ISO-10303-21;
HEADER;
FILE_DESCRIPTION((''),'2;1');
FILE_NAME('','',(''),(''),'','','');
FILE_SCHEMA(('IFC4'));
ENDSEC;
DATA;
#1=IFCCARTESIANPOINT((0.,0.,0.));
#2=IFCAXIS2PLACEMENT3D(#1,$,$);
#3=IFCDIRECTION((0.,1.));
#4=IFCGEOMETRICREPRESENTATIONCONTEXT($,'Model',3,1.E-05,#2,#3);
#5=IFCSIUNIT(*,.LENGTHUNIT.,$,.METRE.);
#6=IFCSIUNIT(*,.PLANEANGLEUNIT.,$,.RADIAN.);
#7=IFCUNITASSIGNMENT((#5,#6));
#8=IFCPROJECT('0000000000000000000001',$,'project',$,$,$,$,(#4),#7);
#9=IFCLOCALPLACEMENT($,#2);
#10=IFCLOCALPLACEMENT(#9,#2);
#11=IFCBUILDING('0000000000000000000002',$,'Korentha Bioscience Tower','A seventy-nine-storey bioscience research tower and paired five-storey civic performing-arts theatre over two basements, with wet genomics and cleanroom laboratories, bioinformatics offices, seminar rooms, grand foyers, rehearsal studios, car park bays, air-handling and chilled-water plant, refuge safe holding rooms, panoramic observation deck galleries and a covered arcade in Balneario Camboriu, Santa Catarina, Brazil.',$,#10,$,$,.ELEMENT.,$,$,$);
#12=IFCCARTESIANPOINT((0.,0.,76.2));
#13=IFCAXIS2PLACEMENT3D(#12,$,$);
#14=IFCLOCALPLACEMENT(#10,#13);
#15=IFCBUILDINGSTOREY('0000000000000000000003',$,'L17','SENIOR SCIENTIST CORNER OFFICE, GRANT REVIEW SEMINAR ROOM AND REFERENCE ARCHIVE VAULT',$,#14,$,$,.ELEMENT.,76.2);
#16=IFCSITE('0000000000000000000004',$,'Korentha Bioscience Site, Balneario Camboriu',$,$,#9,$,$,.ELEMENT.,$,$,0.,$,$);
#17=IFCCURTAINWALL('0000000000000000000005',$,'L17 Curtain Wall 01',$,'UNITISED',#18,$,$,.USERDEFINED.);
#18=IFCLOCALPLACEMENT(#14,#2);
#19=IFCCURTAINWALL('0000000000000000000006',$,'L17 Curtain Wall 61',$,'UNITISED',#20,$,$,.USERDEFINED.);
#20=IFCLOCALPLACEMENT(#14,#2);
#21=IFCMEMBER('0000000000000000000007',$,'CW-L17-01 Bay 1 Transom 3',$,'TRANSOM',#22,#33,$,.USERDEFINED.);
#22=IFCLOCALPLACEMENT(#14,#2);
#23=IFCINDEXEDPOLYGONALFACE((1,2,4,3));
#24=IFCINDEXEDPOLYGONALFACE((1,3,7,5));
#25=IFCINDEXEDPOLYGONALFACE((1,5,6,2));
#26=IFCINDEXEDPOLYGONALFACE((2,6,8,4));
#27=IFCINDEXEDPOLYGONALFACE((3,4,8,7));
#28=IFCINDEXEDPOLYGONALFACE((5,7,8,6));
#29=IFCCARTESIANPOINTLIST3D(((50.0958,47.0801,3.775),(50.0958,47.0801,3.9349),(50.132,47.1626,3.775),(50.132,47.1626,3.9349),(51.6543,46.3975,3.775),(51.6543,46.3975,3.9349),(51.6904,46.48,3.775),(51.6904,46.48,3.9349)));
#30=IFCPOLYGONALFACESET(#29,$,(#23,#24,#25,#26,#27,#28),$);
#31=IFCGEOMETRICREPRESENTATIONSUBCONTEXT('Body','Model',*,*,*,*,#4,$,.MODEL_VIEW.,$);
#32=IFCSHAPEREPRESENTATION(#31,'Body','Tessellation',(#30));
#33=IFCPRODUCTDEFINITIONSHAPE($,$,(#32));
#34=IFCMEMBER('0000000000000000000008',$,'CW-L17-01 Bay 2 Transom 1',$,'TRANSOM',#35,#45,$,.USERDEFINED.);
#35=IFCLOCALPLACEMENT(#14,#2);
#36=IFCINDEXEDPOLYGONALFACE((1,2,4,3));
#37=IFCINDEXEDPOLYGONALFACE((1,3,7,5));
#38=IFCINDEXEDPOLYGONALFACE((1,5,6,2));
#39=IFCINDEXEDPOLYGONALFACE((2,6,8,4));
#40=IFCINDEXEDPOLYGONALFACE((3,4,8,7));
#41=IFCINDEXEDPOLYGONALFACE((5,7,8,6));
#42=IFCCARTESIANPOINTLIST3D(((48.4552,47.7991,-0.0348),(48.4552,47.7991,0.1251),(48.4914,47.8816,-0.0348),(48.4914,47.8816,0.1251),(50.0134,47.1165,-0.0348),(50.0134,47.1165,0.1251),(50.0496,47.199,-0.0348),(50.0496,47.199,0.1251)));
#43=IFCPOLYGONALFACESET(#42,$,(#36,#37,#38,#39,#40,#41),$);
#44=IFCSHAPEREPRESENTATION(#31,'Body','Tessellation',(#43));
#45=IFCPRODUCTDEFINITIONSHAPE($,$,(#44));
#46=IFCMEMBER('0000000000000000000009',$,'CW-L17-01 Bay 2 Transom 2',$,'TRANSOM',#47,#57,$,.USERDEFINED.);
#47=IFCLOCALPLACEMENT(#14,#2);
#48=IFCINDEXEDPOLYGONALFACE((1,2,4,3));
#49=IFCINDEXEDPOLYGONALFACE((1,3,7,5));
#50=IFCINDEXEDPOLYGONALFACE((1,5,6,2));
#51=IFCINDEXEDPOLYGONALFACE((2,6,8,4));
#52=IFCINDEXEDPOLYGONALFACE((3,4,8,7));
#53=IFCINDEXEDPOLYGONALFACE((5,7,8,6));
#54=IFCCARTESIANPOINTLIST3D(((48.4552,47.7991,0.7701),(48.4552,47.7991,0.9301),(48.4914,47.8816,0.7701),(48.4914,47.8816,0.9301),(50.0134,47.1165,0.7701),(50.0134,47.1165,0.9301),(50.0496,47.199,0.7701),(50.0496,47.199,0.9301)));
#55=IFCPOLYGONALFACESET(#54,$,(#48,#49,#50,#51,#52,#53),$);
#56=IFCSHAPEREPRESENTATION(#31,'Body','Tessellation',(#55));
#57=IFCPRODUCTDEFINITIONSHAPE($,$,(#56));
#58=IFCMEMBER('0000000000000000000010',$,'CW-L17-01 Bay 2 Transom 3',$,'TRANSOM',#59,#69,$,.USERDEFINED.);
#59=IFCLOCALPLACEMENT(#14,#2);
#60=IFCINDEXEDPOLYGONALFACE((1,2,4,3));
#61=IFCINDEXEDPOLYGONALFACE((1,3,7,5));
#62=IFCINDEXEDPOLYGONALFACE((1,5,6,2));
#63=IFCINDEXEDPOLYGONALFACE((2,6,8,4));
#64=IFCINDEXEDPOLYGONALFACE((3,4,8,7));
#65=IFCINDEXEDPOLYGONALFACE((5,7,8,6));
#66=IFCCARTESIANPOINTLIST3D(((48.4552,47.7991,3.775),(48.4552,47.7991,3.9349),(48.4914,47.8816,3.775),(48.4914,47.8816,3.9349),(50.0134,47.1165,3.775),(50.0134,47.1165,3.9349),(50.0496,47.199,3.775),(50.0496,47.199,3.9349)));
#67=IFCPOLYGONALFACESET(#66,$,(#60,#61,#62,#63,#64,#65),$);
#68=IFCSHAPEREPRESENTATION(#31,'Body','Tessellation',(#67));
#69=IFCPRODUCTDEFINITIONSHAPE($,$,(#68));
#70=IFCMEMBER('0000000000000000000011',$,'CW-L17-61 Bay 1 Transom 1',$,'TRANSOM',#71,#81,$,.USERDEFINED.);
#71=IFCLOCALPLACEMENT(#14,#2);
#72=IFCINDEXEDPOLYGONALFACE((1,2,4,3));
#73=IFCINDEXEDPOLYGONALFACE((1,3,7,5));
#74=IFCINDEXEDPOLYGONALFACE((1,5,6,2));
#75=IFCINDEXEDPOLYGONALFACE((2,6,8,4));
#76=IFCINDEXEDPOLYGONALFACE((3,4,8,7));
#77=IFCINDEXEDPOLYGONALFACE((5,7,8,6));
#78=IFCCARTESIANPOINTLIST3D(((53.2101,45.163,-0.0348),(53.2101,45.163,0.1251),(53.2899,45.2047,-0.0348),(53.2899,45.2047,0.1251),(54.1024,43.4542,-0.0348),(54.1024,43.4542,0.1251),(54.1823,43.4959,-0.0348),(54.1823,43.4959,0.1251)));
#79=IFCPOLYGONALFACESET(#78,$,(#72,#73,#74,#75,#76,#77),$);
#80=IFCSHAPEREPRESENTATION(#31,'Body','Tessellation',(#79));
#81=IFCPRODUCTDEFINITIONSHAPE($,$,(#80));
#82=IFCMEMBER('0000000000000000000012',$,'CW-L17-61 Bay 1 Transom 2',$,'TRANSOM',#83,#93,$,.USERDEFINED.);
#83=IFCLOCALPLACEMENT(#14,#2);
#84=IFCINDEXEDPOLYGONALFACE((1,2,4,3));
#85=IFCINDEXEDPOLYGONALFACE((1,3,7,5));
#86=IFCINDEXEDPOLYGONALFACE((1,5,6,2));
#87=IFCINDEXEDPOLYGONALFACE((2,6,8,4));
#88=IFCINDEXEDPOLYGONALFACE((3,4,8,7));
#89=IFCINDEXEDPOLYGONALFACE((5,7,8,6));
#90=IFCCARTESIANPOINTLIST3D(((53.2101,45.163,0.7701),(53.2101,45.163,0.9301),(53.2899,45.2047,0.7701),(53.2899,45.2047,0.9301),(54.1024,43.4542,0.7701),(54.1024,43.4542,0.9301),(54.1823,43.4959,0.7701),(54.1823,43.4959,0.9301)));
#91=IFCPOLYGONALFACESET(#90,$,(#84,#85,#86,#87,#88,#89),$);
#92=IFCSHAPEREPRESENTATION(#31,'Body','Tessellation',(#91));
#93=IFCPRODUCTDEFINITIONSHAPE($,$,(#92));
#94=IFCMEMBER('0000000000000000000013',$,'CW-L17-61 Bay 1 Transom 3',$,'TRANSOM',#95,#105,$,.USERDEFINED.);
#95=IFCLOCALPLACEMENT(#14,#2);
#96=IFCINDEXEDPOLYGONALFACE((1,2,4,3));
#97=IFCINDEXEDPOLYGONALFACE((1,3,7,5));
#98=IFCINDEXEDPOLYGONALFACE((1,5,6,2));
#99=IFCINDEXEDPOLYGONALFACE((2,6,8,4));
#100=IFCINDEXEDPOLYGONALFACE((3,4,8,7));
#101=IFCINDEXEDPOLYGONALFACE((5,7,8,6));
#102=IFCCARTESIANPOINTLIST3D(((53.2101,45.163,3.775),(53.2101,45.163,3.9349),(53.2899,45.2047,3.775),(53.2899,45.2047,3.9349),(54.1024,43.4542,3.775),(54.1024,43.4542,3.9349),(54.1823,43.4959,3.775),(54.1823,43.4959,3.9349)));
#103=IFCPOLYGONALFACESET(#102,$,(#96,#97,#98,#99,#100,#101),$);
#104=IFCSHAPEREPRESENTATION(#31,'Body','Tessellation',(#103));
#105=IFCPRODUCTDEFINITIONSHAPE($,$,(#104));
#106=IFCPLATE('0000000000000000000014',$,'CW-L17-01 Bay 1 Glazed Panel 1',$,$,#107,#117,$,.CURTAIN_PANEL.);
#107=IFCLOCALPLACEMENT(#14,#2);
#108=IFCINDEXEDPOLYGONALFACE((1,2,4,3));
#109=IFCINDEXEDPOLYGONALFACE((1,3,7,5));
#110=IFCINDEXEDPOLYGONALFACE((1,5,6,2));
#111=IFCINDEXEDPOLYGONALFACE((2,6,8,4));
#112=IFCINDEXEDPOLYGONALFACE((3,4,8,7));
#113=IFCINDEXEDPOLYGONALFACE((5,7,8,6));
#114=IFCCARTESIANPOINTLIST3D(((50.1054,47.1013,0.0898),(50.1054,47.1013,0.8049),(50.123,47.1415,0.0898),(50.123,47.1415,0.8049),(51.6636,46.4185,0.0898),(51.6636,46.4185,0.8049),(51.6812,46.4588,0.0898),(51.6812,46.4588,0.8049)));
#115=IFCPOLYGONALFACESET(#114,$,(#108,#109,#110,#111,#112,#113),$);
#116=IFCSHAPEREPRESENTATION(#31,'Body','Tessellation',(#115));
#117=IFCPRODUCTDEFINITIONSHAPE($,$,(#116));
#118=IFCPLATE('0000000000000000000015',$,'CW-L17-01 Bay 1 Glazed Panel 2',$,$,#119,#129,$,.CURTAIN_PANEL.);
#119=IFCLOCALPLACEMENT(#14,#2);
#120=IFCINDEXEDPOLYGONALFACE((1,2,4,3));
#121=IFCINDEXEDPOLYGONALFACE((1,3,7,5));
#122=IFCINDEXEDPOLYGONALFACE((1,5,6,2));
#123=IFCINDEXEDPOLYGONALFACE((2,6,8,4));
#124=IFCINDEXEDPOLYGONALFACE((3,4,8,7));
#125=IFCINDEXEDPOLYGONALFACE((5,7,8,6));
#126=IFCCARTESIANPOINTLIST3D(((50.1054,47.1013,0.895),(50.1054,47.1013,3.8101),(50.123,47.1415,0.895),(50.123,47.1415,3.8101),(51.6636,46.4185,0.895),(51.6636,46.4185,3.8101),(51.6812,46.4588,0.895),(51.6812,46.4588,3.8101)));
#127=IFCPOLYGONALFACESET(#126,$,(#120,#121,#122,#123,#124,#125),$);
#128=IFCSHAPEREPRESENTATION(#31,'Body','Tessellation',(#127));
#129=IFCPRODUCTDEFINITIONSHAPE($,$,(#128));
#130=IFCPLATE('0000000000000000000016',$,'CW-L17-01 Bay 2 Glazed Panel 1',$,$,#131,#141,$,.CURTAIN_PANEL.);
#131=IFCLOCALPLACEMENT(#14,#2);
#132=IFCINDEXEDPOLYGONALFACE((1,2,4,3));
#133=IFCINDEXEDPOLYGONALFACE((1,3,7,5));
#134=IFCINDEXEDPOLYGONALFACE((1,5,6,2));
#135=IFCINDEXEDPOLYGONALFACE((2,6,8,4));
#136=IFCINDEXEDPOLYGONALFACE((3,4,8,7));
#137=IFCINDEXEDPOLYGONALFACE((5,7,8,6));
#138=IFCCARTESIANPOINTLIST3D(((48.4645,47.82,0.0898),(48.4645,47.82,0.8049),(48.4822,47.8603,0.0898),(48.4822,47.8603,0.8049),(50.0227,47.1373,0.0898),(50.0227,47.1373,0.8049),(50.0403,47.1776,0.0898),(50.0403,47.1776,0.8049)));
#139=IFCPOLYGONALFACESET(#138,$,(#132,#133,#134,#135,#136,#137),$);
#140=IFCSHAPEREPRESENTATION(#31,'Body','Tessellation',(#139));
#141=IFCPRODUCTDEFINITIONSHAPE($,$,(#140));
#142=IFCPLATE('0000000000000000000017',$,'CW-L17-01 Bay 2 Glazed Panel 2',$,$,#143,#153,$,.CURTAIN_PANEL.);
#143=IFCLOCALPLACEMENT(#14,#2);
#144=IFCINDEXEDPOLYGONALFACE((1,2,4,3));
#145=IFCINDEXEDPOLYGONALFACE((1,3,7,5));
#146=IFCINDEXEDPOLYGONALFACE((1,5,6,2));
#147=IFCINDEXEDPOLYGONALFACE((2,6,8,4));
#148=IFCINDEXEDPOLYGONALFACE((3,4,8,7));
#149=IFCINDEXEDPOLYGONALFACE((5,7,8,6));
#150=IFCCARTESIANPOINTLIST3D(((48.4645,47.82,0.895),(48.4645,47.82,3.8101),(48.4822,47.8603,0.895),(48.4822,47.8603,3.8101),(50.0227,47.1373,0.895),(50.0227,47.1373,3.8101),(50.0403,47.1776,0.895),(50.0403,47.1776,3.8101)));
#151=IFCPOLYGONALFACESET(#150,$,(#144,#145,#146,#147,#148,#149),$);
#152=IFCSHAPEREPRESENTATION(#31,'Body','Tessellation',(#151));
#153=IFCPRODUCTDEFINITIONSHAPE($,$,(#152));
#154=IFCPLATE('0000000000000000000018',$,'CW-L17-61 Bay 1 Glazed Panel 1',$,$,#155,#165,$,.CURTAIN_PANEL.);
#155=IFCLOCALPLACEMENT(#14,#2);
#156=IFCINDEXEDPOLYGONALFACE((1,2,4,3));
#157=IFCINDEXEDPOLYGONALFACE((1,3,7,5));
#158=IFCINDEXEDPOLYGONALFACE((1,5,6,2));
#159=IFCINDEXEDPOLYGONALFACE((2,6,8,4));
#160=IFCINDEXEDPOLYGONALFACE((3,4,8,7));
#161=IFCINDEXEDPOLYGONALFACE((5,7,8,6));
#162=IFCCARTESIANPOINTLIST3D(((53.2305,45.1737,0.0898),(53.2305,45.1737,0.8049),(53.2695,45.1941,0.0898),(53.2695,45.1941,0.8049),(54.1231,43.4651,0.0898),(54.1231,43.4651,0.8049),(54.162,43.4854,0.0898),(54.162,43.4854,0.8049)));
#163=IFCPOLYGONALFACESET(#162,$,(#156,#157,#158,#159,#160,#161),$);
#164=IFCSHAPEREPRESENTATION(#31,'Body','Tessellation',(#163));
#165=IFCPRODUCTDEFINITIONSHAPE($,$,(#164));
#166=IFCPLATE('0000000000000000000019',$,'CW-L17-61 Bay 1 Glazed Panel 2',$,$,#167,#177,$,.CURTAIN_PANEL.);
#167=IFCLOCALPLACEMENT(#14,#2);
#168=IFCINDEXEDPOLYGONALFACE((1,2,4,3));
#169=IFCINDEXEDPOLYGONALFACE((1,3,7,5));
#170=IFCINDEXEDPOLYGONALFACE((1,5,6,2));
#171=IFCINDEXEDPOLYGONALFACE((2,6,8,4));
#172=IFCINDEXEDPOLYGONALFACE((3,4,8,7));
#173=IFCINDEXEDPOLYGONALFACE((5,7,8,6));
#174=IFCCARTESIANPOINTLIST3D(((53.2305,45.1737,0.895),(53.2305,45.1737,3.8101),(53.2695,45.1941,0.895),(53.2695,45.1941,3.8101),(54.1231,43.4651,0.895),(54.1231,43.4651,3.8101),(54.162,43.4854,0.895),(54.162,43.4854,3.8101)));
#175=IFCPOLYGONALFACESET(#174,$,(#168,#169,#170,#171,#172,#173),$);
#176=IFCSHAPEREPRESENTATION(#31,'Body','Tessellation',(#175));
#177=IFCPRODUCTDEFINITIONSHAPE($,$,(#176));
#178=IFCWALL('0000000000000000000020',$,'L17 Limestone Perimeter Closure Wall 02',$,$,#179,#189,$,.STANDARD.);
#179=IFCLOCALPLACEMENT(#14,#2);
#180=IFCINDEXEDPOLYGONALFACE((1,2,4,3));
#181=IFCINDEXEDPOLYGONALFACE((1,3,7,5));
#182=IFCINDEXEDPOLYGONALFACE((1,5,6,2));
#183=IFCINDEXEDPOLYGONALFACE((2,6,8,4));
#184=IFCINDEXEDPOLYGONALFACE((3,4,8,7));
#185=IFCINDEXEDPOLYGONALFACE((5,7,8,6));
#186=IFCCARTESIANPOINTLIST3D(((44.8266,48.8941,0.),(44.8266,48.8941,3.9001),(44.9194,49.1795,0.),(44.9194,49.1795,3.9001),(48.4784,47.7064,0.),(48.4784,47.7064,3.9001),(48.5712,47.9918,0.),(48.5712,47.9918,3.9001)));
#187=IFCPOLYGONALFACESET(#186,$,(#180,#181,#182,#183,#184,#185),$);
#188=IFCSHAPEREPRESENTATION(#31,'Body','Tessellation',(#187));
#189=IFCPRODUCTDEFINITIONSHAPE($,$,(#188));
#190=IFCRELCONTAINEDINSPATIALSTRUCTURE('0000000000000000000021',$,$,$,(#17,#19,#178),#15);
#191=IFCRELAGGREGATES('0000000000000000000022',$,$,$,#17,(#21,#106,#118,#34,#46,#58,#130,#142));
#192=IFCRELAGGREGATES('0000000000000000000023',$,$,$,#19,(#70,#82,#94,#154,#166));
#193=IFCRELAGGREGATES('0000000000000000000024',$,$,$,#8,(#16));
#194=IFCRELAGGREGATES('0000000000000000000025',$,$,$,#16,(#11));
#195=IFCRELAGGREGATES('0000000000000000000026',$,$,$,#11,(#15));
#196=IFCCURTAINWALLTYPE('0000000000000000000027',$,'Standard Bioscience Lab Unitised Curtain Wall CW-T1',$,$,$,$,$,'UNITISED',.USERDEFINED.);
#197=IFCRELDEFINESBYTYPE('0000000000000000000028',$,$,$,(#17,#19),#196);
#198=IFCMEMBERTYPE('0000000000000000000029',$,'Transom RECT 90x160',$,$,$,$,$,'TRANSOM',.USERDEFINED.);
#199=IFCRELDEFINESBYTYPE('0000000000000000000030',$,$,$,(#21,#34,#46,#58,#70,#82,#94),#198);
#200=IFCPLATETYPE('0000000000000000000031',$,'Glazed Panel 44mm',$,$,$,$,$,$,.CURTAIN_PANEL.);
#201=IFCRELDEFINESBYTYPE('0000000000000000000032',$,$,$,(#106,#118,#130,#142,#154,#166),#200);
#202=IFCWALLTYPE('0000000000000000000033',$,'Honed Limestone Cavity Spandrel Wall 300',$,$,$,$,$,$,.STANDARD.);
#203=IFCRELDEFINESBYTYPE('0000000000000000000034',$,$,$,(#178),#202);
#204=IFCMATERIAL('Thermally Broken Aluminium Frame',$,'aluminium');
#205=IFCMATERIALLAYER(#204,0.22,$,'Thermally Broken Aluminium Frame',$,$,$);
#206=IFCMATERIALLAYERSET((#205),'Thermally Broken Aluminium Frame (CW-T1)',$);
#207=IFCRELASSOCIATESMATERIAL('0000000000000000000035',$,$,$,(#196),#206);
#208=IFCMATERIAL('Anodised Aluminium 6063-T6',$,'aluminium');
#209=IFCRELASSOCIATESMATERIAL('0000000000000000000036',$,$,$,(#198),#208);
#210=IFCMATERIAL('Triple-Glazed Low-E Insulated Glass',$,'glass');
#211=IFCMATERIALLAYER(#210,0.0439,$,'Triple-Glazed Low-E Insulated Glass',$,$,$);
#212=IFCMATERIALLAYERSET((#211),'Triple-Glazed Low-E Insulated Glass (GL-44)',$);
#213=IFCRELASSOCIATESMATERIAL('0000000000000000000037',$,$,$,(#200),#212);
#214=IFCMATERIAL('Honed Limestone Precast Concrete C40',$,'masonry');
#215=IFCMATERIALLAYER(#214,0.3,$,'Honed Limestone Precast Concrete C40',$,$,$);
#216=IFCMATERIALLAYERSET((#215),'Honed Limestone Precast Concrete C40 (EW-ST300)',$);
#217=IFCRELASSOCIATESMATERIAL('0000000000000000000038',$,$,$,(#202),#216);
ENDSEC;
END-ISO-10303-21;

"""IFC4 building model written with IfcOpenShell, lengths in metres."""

from ifc_helpers import new_model, si_unit, direction, frame, frame_2d, origin, origin_2d, place, context, subcontext, project, spatial, rectangle, extrude, material, layer, layer_set, material_profile, profile_set, type_object, element, aggregate, save


model = new_model("IFC4")

# Units and contexts
model_context = context("Model", 3, precision=1e-05, world=origin(), true_north=direction((0.0, 1.0)))
body_context = subcontext(model_context, "Body", "Model", "MODEL_VIEW")
ifc_project = project(units=[si_unit("LENGTHUNIT", "METRE"), si_unit("PLANEANGLEUNIT", "RADIAN")], contexts=[model_context])

# Site, building, storey
site_placement = place(None, origin())
site = spatial("IfcSite", under=ifc_project, at=site_placement, Name="Korentha Bioscience Site, Balneario Camboriu", CompositionType="ELEMENT", RefElevation=0.0)
building_placement = place(site_placement, origin())
building = spatial("IfcBuilding", under=site, at=building_placement, Name="Korentha Bioscience Tower", Description="A seventy-nine-storey bioscience research tower and paired five-storey civic performing-arts theatre over two basements, with wet genomics and cleanroom laboratories, bioinformatics offices, seminar rooms, grand foyers, rehearsal studios, car park bays, air-handling and chilled-water plant, refuge safe holding rooms, panoramic observation deck galleries and a covered arcade in Balneario Camboriu, Santa Catarina, Brazil.", CompositionType="ELEMENT")
storey_placement = place(building_placement, frame((0.0, 0.0, 76.2)))
storey = spatial("IfcBuildingStorey", under=building, at=storey_placement, Name="L17", Description="SENIOR SCIENTIST CORNER OFFICE, GRANT REVIEW SEMINAR ROOM AND REFERENCE ARCHIVE VAULT", CompositionType="ELEMENT", Elevation=76.2)

# Curtain walls
ifc_material_1 = material(Name="Thermally Broken Aluminium Frame", Category="aluminium")
ifc_layer_1 = layer(ifc_material_1, 0.22, Name="Thermally Broken Aluminium Frame")
ifc_layer_set_1 = layer_set([ifc_layer_1], Name="Thermally Broken Aluminium Frame (CW-T1)")
curtain_wall_type = type_object("IfcCurtainWallType", Name="Standard Bioscience Lab Unitised Curtain Wall CW-T1", ElementType="UNITISED", PredefinedType="USERDEFINED", material=ifc_layer_set_1)
curtain_wall_1_placement = place(storey_placement, origin())
curtain_wall_1 = element("IfcCurtainWall", 1, at=curtain_wall_1_placement, inside=storey, type_object=curtain_wall_type, Name="L17 Curtain Wall 01", ObjectType="UNITISED", PredefinedType="USERDEFINED")
ifc_material_2 = material(Name="Anodised Aluminium 6063-T6", Category="aluminium")
curtain_wall_2_placement = place(storey_placement, origin())
curtain_wall_2 = element("IfcCurtainWall", 2, at=curtain_wall_2_placement, inside=storey, type_object=curtain_wall_type, Name="L17 Curtain Wall 61", ObjectType="UNITISED", PredefinedType="USERDEFINED")

# Members
ifc_material_profile_1 = material_profile(ifc_material_2, rectangle(XDim=0.0901, YDim=0.1599, at=origin_2d()), Name="Anodised Aluminium 6063-T6")
ifc_profile_set_1 = profile_set([ifc_material_profile_1], Name="Anodised Aluminium 6063-T6 (CW-TRN)")
member_type_1 = type_object("IfcMemberType", Name="Transom RECT 90x160", ElementType="TRANSOM", PredefinedType="USERDEFINED", material=ifc_profile_set_1)
member_1_placement = place(storey_placement, frame((51.6724, 46.4387, 3.855), z_axis=(-0.915976, 0.401233, 0.0), x_axis=(-0.401233, -0.915976, 0.0)))
member_1 = element("IfcMember", 3, at=member_1_placement, type_object=member_type_1, Name="CW-L17-01 Bay 1 Transom 3", ObjectType="TRANSOM", PredefinedType="USERDEFINED", context=body_context, shape_type="SweptSolid", body=[
    extrude(rectangle(XDim=0.0901, YDim=0.1599, at=origin_2d()), origin(), (0.0, 0.0, 1.0), 1.7014),
])
member_2_placement = place(storey_placement, frame((50.0315, 47.1577, 0.0452), z_axis=(-0.915953, 0.401286, 0.0), x_axis=(-0.401286, -0.915953, 0.0)))
member_2 = element("IfcMember", 4, at=member_2_placement, type_object=member_type_1, Name="CW-L17-01 Bay 2 Transom 1", ObjectType="TRANSOM", PredefinedType="USERDEFINED", context=body_context, shape_type="SweptSolid", body=[
    extrude(rectangle(XDim=0.0901, YDim=0.1599, at=origin_2d()), origin(), (0.0, 0.0, 1.0), 1.7012),
])
member_3_placement = place(storey_placement, frame((50.0315, 47.1577, 0.8501), z_axis=(-0.915953, 0.401286, 0.0), x_axis=(-0.401286, -0.915953, 0.0)))
member_3 = element("IfcMember", 5, at=member_3_placement, type_object=member_type_1, Name="CW-L17-01 Bay 2 Transom 2", ObjectType="TRANSOM", PredefinedType="USERDEFINED", context=body_context, shape_type="SweptSolid", body=[
    extrude(rectangle(XDim=0.0901, YDim=0.1599, at=origin_2d()), origin(), (0.0, 0.0, 1.0), 1.7012),
])
member_4_placement = place(storey_placement, frame((50.0315, 47.1577, 3.855), z_axis=(-0.915953, 0.401286, 0.0), x_axis=(-0.401286, -0.915953, 0.0)))
member_4 = element("IfcMember", 6, at=member_4_placement, type_object=member_type_1, Name="CW-L17-01 Bay 2 Transom 3", ObjectType="TRANSOM", PredefinedType="USERDEFINED", context=body_context, shape_type="SweptSolid", body=[
    extrude(rectangle(XDim=0.0901, YDim=0.1599, at=origin_2d()), origin(), (0.0, 0.0, 1.0), 1.7012),
])
member_5_placement = place(storey_placement, frame((54.1423, 43.4751, 0.0452), z_axis=(-0.462899, 0.886411, 0.0), x_axis=(-0.886411, -0.462899, 0.0)))
member_5 = element("IfcMember", 7, at=member_5_placement, type_object=member_type_1, Name="CW-L17-61 Bay 1 Transom 1", ObjectType="TRANSOM", PredefinedType="USERDEFINED", context=body_context, shape_type="SweptSolid", body=[
    extrude(rectangle(XDim=0.0901, YDim=0.1599, at=origin_2d()), origin(), (0.0, 0.0, 1.0), 1.9277),
])
member_6_placement = place(storey_placement, frame((54.1423, 43.4751, 0.8501), z_axis=(-0.462899, 0.886411, 0.0), x_axis=(-0.886411, -0.462899, 0.0)))
member_6 = element("IfcMember", 8, at=member_6_placement, type_object=member_type_1, Name="CW-L17-61 Bay 1 Transom 2", ObjectType="TRANSOM", PredefinedType="USERDEFINED", context=body_context, shape_type="SweptSolid", body=[
    extrude(rectangle(XDim=0.0901, YDim=0.1599, at=origin_2d()), origin(), (0.0, 0.0, 1.0), 1.9277),
])
member_7_placement = place(storey_placement, frame((54.1423, 43.4751, 3.855), z_axis=(-0.462899, 0.886411, 0.0), x_axis=(-0.886411, -0.462899, 0.0)))
member_7 = element("IfcMember", 9, at=member_7_placement, type_object=member_type_1, Name="CW-L17-61 Bay 1 Transom 3", ObjectType="TRANSOM", PredefinedType="USERDEFINED", context=body_context, shape_type="SweptSolid", body=[
    extrude(rectangle(XDim=0.0901, YDim=0.1599, at=origin_2d()), origin(), (0.0, 0.0, 1.0), 1.9277),
])

# Plates
ifc_material_3 = material(Name="Triple-Glazed Low-E Insulated Glass", Category="glass")
ifc_layer_2 = layer(ifc_material_3, 0.0439, Name="Triple-Glazed Low-E Insulated Glass")
ifc_layer_set_2 = layer_set([ifc_layer_2], Name="Triple-Glazed Low-E Insulated Glass (GL-44)")
plate_type = type_object("IfcPlateType", Name="Glazed Panel 44mm", PredefinedType="CURTAIN_PANEL", material=ifc_layer_set_2)
plate_1_placement = place(storey_placement, frame((50.8933, 46.78, 0.0898), z_axis=(0.0, 0.0, 1.0), x_axis=(-0.915939, 0.401317, 0.0)))
plate_1 = element("IfcPlate", 10, at=plate_1_placement, type_object=plate_type, Name="CW-L17-01 Bay 1 Glazed Panel 1", PredefinedType="CURTAIN_PANEL", context=body_context, shape_type="SweptSolid", body=[
    extrude(rectangle(XDim=1.7012, YDim=0.0439, at=origin_2d()), origin(), (0.0, 0.0, 1.0), 0.7151),
])
plate_2_placement = place(storey_placement, frame((50.8933, 46.78, 0.895), z_axis=(0.0, 0.0, 1.0), x_axis=(-0.915939, 0.401317, 0.0)))
plate_2 = element("IfcPlate", 11, at=plate_2_placement, type_object=plate_type, Name="CW-L17-01 Bay 1 Glazed Panel 2", PredefinedType="CURTAIN_PANEL", context=body_context, shape_type="SweptSolid", body=[
    extrude(rectangle(XDim=1.7012, YDim=0.0439, at=origin_2d()), origin(), (0.0, 0.0, 1.0), 2.915),
])
plate_3_placement = place(storey_placement, frame((49.2524, 47.4988, 0.0898), z_axis=(0.0, 0.0, 1.0), x_axis=(-0.915939, 0.401317, 0.0)))
plate_3 = element("IfcPlate", 12, at=plate_3_placement, type_object=plate_type, Name="CW-L17-01 Bay 2 Glazed Panel 1", PredefinedType="CURTAIN_PANEL", context=body_context, shape_type="SweptSolid", body=[
    extrude(rectangle(XDim=1.7012, YDim=0.0439, at=origin_2d()), origin(), (0.0, 0.0, 1.0), 0.7151),
])
plate_4_placement = place(storey_placement, frame((49.2524, 47.4988, 0.895), z_axis=(0.0, 0.0, 1.0), x_axis=(-0.915939, 0.401317, 0.0)))
plate_4 = element("IfcPlate", 13, at=plate_4_placement, type_object=plate_type, Name="CW-L17-01 Bay 2 Glazed Panel 2", PredefinedType="CURTAIN_PANEL", context=body_context, shape_type="SweptSolid", body=[
    extrude(rectangle(XDim=1.7012, YDim=0.0439, at=origin_2d()), origin(), (0.0, 0.0, 1.0), 2.915),
])
aggregate(curtain_wall_1, [member_1, plate_1, plate_2, member_2, member_3, member_4, plate_3, plate_4])
plate_5_placement = place(storey_placement, frame((53.6963, 44.3296, 0.0898), z_axis=(0.0, 0.0, 1.0), x_axis=(-0.463009, 0.886354, 0.0)))
plate_5 = element("IfcPlate", 14, at=plate_5_placement, type_object=plate_type, Name="CW-L17-61 Bay 1 Glazed Panel 1", PredefinedType="CURTAIN_PANEL", context=body_context, shape_type="SweptSolid", body=[
    extrude(rectangle(XDim=1.9277, YDim=0.0439, at=origin_2d()), origin(), (0.0, 0.0, 1.0), 0.7151),
])
plate_6_placement = place(storey_placement, frame((53.6963, 44.3296, 0.895), z_axis=(0.0, 0.0, 1.0), x_axis=(-0.463009, 0.886354, 0.0)))
plate_6 = element("IfcPlate", 15, at=plate_6_placement, type_object=plate_type, Name="CW-L17-61 Bay 1 Glazed Panel 2", PredefinedType="CURTAIN_PANEL", context=body_context, shape_type="SweptSolid", body=[
    extrude(rectangle(XDim=1.9277, YDim=0.0439, at=origin_2d()), origin(), (0.0, 0.0, 1.0), 2.915),
])
aggregate(curtain_wall_2, [member_5, member_6, member_7, plate_5, plate_6])

# Wall
ifc_material_4 = material(Name="Honed Limestone Precast Concrete C40", Category="masonry")
ifc_layer_3 = layer(ifc_material_4, 0.3, Name="Honed Limestone Precast Concrete C40")
ifc_layer_set_3 = layer_set([ifc_layer_3], Name="Honed Limestone Precast Concrete C40 (EW-ST300)")
wall_type = type_object("IfcWallType", Name="Honed Limestone Cavity Spandrel Wall 300", PredefinedType="STANDARD", material=ifc_layer_set_3)
wall_1_placement = place(storey_placement, frame((48.5247, 47.8491, 0.0), z_axis=(0.0, 0.0, 1.0), x_axis=(-0.950966, 0.309296, 0.0)))
element("IfcWall", 16, at=wall_1_placement, inside=storey, type_object=wall_type, Name="L17 Limestone Perimeter Closure Wall 02", PredefinedType="STANDARD", context=body_context, shape_type="SweptSolid", body=[
    extrude(rectangle(XDim=3.8401, YDim=0.3, at=frame_2d((1.9199, 0.0))), origin(), (0.0, 0.0, 1.0), 3.9001),
])

save(model, "model.ifc")
